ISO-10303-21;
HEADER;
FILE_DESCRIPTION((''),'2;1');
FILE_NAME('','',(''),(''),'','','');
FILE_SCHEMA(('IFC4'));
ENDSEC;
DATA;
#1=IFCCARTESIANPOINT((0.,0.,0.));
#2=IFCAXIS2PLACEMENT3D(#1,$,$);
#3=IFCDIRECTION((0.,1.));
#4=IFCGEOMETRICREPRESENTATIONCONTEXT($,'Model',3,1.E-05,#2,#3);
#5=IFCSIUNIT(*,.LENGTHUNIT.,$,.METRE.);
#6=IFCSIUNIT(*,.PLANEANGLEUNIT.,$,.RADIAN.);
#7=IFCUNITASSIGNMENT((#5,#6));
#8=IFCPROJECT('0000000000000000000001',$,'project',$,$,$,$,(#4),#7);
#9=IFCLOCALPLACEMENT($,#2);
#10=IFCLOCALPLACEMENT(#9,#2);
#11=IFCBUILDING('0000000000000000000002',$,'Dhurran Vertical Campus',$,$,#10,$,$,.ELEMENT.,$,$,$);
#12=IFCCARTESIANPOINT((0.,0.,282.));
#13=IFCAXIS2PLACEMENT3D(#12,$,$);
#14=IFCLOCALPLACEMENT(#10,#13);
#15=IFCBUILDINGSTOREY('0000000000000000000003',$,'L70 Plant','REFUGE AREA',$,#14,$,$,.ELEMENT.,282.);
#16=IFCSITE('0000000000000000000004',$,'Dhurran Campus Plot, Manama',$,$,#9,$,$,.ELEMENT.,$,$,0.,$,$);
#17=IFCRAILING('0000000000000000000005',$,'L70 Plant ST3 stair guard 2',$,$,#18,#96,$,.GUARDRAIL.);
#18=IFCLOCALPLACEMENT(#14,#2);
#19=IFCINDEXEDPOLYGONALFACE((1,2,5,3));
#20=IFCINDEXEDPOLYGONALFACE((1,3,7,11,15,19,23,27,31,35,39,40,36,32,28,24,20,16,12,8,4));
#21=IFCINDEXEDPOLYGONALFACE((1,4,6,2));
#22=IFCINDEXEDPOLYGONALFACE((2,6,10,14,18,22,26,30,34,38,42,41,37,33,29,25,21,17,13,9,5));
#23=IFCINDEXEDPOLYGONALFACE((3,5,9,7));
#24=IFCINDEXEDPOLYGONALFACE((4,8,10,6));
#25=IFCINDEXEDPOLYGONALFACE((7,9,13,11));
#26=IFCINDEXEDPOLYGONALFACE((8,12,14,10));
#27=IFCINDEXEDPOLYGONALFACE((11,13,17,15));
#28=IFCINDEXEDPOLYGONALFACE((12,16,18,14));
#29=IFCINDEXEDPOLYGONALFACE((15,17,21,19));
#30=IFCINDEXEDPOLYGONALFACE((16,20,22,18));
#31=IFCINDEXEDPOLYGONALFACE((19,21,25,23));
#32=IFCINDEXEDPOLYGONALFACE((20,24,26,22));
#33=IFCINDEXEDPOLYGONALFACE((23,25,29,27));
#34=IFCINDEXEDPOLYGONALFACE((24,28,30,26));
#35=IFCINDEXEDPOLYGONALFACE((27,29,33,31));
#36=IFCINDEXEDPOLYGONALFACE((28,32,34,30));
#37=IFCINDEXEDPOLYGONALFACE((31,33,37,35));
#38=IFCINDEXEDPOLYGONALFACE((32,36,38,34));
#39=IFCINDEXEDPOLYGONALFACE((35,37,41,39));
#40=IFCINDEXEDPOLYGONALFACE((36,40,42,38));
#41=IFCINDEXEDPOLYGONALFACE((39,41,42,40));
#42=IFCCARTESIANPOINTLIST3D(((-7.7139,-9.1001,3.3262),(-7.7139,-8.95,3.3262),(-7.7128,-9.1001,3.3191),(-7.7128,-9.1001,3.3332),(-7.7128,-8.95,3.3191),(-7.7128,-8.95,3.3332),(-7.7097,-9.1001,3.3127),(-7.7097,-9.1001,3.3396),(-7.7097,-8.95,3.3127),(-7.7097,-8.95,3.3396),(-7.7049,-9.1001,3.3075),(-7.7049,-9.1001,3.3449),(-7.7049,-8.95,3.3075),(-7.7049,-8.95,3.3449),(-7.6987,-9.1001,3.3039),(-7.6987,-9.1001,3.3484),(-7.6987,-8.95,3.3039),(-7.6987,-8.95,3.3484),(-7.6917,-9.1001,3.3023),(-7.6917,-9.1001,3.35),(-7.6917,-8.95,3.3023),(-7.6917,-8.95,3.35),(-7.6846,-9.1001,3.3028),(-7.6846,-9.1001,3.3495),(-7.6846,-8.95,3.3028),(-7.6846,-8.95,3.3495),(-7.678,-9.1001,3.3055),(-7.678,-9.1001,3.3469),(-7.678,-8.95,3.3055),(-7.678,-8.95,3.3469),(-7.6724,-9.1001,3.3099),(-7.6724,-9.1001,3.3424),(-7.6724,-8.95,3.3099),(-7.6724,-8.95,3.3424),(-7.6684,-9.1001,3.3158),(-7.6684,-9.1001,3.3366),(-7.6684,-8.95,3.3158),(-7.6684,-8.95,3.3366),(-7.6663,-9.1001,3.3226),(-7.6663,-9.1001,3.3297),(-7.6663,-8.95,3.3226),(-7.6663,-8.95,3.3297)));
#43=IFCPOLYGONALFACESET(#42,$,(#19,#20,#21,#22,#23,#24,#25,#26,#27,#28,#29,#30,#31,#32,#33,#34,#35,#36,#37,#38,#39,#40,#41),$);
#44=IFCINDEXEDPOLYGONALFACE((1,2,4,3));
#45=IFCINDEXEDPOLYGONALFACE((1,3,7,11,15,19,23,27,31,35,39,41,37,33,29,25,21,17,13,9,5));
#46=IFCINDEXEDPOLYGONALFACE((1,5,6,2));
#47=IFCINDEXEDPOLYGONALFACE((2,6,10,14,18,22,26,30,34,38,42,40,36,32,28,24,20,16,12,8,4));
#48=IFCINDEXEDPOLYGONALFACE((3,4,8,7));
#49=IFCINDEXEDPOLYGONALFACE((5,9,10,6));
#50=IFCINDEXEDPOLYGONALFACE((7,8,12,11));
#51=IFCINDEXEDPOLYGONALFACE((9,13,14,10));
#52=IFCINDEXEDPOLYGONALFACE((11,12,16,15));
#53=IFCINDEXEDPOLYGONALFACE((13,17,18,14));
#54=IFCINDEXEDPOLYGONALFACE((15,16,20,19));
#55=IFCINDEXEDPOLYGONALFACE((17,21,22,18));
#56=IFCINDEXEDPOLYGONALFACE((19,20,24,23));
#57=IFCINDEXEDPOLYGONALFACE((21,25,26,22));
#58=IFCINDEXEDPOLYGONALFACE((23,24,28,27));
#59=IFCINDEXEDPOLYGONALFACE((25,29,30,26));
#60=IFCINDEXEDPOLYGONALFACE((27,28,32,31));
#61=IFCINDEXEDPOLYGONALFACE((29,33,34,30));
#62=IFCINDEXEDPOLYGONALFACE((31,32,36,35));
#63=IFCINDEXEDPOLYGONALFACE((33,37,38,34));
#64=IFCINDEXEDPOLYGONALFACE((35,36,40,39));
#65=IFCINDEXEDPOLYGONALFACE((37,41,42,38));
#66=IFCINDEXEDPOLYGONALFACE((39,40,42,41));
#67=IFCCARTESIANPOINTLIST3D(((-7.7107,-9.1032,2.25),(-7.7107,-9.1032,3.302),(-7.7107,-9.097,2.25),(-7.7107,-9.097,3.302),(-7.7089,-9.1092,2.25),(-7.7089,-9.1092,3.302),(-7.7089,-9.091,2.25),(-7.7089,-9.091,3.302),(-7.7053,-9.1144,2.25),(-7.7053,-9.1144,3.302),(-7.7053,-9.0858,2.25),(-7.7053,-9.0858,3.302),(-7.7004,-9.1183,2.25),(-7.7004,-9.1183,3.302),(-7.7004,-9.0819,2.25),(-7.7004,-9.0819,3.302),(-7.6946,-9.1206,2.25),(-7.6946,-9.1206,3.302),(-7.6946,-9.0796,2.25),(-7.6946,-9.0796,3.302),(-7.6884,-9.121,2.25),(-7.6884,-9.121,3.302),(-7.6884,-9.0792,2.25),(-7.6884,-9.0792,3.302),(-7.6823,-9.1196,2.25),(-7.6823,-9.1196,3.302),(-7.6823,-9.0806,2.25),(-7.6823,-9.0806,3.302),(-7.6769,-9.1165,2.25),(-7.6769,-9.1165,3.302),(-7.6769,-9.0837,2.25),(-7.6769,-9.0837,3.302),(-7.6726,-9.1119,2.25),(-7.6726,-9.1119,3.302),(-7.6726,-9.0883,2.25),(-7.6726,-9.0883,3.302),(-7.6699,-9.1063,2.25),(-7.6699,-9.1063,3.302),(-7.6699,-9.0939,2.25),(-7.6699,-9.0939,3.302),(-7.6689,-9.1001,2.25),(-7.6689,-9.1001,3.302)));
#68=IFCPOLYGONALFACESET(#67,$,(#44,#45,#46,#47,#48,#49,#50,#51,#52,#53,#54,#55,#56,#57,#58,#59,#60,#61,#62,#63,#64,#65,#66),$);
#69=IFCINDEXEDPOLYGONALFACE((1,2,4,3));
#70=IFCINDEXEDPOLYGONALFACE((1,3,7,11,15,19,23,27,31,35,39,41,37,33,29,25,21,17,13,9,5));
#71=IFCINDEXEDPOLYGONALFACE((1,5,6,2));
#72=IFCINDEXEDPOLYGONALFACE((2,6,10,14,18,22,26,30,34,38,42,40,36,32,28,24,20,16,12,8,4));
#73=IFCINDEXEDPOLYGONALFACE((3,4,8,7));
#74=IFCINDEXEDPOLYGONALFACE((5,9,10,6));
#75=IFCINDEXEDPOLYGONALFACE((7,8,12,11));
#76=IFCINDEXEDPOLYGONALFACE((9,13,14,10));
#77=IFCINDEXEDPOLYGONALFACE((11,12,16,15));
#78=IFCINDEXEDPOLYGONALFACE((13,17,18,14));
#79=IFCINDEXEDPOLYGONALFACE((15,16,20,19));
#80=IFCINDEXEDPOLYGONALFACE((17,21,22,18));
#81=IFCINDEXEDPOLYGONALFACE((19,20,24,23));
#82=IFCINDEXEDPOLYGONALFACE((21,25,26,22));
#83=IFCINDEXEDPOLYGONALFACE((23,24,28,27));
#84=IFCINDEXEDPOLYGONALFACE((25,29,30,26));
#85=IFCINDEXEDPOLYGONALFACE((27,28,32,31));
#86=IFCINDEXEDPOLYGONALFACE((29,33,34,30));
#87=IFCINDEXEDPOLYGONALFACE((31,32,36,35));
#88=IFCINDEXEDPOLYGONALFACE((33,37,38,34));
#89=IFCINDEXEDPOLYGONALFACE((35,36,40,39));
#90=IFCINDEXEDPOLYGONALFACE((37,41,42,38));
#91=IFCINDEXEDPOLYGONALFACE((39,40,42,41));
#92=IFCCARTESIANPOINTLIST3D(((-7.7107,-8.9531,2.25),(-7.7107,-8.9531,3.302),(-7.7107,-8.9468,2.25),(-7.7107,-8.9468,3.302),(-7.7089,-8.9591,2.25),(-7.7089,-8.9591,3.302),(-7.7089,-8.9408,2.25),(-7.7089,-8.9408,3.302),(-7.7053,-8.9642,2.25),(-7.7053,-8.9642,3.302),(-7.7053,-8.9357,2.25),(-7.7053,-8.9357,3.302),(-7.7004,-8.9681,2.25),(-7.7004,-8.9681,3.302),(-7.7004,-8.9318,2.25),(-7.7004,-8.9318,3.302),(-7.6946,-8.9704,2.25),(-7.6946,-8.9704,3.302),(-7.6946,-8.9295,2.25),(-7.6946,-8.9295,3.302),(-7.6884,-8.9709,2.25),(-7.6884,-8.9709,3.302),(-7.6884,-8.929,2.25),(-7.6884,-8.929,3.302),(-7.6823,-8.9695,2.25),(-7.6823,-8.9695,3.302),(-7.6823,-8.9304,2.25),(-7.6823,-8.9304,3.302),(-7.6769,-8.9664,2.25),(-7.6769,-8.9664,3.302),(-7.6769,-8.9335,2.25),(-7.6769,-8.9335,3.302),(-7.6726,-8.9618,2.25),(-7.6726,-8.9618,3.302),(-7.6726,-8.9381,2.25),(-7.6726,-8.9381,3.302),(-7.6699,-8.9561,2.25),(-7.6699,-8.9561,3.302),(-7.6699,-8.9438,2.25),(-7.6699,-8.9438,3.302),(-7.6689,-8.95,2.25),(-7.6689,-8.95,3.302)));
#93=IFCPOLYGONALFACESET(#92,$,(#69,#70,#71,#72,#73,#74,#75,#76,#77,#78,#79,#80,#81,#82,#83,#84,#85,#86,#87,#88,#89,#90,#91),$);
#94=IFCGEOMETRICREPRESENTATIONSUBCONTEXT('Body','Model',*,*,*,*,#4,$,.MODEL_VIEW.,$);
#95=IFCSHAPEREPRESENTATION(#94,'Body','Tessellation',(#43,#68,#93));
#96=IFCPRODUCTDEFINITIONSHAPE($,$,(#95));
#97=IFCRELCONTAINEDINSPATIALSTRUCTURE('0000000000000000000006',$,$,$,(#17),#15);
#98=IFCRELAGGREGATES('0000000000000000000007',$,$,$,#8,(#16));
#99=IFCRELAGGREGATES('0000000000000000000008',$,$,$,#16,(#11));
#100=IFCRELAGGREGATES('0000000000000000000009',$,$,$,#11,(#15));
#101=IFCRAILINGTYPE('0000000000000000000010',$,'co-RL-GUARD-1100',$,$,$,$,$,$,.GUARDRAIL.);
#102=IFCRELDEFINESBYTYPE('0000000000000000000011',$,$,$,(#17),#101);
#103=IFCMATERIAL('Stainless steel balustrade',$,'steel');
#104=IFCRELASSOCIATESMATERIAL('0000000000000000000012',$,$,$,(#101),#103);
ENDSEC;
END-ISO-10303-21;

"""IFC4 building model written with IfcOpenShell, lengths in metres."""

from ifc_helpers import new_model, si_unit, direction, frame, origin, origin_2d, place, context, subcontext, project, spatial, circle, extrude, material, type_object, element, save


model = new_model("IFC4")

# Units and contexts
model_context = context("Model", 3, precision=1e-05, world=origin(), true_north=direction((0.0, 1.0)))
body_context = subcontext(model_context, "Body", "Model", "MODEL_VIEW")
ifc_project = project(units=[si_unit("LENGTHUNIT", "METRE"), si_unit("PLANEANGLEUNIT", "RADIAN")], contexts=[model_context])

# Site, building, storey
site_placement = place(None, origin())
site = spatial("IfcSite", under=ifc_project, at=site_placement, Name="Dhurran Campus Plot, Manama", CompositionType="ELEMENT", RefElevation=0.0)
building_placement = place(site_placement, origin())
building = spatial("IfcBuilding", under=site, at=building_placement, Name="Dhurran Vertical Campus", CompositionType="ELEMENT")
storey_placement = place(building_placement, frame((0.0, 0.0, 282.0)))
storey = spatial("IfcBuildingStorey", under=building, at=storey_placement, Name="L70 Plant", Description="REFUGE AREA", CompositionType="ELEMENT", Elevation=282.0)

# Railing
ifc_material_1 = material(Name="Stainless steel balustrade", Category="steel")
railing_type = type_object("IfcRailingType", Name="co-RL-GUARD-1100", PredefinedType="GUARDRAIL", material=ifc_material_1)
railing_placement = place(storey_placement, frame((-7.6899, -9.1001, 2.25)))
element("IfcRailing", 1, at=railing_placement, inside=storey, type_object=railing_type, Name="L70 Plant ST3 stair guard 2", PredefinedType="GUARDRAIL", context=body_context, shape_type="SweptSolid", body=[
    extrude(circle(Radius=0.0239, at=origin_2d()), frame((0.0, 0.0, 1.0762), z_axis=(0.0, 1.0, 0.0), x_axis=(-1.0, 0.0, 0.0)), (0.0, 0.0, 1.0), 0.1501),
    extrude(circle(Radius=0.021, at=origin_2d()), origin(), (0.0, 0.0, 1.0), 1.052),
    extrude(circle(Radius=0.021, at=origin_2d()), frame((0.0, 0.1501, 0.0)), (0.0, 0.0, 1.0), 1.052),
])

save(model, "model.ifc")
